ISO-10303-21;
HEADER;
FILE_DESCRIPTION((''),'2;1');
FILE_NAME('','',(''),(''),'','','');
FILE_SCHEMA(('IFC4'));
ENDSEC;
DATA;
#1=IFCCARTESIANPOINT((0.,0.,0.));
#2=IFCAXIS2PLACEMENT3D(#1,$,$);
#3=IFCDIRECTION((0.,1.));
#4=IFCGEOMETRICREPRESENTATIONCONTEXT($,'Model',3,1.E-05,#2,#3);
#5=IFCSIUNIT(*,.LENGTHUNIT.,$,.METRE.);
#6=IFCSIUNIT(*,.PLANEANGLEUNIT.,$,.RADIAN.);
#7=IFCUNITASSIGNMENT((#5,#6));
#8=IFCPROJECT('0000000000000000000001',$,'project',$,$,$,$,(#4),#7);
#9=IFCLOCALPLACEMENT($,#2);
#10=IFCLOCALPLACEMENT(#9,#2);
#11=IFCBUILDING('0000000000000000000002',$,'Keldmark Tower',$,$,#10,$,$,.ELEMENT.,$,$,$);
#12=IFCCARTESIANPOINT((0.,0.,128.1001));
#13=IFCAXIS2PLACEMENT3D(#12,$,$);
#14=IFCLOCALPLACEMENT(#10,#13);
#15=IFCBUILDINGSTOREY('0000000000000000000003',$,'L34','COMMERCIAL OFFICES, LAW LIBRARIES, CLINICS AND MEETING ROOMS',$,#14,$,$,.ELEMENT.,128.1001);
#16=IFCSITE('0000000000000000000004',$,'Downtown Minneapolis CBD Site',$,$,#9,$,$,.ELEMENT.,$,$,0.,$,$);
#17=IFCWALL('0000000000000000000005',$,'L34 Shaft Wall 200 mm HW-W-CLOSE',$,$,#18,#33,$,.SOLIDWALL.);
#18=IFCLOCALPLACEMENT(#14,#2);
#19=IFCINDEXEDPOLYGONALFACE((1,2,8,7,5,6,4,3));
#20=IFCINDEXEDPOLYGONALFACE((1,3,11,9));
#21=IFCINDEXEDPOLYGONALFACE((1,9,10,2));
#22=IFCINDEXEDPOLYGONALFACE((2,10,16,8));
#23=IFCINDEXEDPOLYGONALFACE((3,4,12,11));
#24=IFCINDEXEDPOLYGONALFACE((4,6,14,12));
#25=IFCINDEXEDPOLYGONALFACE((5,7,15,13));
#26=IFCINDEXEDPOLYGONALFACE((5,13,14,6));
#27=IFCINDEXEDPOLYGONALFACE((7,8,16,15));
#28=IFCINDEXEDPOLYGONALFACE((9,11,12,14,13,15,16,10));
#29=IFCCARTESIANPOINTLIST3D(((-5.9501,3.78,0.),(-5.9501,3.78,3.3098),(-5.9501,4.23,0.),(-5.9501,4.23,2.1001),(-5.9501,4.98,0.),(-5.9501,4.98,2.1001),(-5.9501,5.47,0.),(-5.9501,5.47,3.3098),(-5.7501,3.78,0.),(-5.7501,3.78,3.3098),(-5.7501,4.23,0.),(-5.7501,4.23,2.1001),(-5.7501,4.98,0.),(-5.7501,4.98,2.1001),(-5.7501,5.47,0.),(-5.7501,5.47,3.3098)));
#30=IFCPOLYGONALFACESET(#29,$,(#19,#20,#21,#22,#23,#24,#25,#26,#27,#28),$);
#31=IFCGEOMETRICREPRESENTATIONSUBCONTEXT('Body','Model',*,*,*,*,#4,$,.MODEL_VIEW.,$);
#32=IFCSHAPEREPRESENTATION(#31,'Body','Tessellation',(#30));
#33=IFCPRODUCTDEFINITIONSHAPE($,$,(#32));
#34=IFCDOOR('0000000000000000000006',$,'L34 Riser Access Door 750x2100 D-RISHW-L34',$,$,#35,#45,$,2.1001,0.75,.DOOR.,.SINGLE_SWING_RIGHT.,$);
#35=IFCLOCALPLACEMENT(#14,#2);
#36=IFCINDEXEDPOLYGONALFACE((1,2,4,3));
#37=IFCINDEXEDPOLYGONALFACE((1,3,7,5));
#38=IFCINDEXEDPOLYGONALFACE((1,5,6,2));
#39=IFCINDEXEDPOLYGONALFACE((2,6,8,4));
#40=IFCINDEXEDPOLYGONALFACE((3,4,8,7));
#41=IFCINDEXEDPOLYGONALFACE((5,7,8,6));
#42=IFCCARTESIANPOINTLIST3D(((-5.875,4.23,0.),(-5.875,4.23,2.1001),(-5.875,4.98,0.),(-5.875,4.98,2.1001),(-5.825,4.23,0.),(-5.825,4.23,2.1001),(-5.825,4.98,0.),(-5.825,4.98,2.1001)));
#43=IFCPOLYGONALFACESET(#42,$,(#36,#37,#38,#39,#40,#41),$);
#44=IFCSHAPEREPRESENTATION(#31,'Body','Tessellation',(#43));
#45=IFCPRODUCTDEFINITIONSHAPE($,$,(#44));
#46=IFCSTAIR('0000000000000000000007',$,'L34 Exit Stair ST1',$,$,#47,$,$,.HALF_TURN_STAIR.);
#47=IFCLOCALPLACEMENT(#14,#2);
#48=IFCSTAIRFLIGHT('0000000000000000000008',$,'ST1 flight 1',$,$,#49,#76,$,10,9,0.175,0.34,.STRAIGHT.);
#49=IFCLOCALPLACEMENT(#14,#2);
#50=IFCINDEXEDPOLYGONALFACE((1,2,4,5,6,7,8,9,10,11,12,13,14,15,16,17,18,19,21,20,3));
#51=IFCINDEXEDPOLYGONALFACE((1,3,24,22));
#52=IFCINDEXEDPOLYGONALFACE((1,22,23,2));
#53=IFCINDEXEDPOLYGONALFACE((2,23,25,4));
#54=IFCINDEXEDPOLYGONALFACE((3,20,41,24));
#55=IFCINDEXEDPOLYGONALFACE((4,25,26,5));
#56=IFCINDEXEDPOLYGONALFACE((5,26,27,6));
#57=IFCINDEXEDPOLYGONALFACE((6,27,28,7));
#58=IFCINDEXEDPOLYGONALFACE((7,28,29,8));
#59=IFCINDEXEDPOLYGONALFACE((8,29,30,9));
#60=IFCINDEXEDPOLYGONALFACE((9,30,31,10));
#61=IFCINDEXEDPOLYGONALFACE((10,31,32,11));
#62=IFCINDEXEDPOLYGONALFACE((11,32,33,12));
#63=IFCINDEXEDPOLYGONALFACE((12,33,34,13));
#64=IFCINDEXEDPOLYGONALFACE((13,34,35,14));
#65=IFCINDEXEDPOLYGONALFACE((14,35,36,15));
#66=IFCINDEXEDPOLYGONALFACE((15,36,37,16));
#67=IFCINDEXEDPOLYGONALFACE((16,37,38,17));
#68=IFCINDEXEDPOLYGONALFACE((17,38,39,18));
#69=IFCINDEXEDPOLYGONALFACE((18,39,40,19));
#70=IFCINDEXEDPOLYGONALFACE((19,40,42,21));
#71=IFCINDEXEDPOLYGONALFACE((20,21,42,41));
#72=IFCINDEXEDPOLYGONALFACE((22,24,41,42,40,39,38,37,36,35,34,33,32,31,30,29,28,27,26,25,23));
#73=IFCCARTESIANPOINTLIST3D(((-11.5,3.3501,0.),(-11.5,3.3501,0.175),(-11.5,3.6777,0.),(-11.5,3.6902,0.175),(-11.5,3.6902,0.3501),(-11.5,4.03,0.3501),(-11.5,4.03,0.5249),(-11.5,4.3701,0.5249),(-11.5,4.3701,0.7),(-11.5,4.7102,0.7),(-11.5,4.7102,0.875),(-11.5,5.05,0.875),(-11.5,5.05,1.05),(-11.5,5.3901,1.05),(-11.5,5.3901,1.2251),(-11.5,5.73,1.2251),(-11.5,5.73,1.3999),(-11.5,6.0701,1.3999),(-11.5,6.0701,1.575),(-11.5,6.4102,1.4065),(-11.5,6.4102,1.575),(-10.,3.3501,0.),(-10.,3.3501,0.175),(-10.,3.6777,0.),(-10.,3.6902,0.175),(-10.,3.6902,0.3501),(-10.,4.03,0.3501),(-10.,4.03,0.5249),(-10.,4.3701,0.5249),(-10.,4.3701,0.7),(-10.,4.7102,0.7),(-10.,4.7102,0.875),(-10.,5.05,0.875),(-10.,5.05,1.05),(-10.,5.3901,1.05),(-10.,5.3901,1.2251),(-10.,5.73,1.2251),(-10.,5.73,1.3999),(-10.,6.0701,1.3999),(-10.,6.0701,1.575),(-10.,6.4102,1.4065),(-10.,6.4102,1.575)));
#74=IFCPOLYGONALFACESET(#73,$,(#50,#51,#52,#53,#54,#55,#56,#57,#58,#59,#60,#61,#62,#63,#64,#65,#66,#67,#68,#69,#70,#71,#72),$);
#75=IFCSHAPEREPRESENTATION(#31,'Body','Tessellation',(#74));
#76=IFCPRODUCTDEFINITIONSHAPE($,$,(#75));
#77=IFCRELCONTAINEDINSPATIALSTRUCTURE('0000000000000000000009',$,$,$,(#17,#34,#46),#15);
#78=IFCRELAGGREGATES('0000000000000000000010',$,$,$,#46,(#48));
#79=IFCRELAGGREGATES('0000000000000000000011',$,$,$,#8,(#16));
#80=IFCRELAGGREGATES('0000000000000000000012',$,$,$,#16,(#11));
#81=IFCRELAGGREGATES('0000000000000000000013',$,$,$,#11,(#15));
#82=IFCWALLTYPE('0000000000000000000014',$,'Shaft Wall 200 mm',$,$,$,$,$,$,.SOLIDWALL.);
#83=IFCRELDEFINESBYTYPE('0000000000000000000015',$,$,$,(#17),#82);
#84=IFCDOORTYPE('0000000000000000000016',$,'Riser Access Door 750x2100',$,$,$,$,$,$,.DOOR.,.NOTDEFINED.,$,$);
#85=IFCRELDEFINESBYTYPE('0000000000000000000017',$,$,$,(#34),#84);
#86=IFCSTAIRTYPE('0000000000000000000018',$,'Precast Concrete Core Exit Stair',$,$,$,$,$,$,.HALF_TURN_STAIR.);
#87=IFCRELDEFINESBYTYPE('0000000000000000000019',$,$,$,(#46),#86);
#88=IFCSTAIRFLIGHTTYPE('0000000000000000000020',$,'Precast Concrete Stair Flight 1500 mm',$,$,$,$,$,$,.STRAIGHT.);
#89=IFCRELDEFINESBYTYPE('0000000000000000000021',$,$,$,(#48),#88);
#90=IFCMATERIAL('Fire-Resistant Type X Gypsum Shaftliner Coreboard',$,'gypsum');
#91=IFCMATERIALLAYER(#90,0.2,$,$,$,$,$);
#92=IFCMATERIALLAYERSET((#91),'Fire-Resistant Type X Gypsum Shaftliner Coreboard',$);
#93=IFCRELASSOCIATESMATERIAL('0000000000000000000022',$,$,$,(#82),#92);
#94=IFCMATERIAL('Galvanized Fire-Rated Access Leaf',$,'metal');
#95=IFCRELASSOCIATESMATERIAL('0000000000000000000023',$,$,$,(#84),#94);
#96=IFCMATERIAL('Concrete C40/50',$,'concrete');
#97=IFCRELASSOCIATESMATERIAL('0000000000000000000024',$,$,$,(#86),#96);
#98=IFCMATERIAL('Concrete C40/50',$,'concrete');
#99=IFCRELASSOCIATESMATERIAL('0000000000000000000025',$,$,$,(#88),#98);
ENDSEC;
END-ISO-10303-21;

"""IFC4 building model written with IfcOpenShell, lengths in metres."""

from ifc_helpers import new_model, si_unit, direction, frame, frame_2d, origin, place, context, subcontext, project, spatial, polyline, rectangle, outline, extrude, material, layer, layer_set, type_object, element, fill, aggregate, save


model = new_model("IFC4")

# Units and contexts
model_context = context("Model", 3, precision=1e-05, world=origin(), true_north=direction((0.0, 1.0)))
body_context = subcontext(model_context, "Body", "Model", "MODEL_VIEW")
ifc_project = project(units=[si_unit("LENGTHUNIT", "METRE"), si_unit("PLANEANGLEUNIT", "RADIAN")], contexts=[model_context])

# Site, building, storey
site_placement = place(None, origin())
site = spatial("IfcSite", under=ifc_project, at=site_placement, Name="Downtown Minneapolis CBD Site", CompositionType="ELEMENT", RefElevation=0.0)
building_placement = place(site_placement, origin())
building = spatial("IfcBuilding", under=site, at=building_placement, Name="Keldmark Tower", CompositionType="ELEMENT")
storey_placement = place(building_placement, frame((0.0, 0.0, 128.1001)))
storey = spatial("IfcBuildingStorey", under=building, at=storey_placement, Name="L34", Description="COMMERCIAL OFFICES, LAW LIBRARIES, CLINICS AND MEETING ROOMS", CompositionType="ELEMENT", Elevation=128.1001)

# Shared definitions
ifc_material_1 = material(Name="Fire-Resistant Type X Gypsum Shaftliner Coreboard", Category="gypsum")
ifc_layer_1 = layer(ifc_material_1, 0.2)
ifc_layer_set_1 = layer_set([ifc_layer_1], Name="Fire-Resistant Type X Gypsum Shaftliner Coreboard")
wall_type = type_object("IfcWallType", Name="Shaft Wall 200 mm", PredefinedType="SOLIDWALL", material=ifc_layer_set_1)

# Wall, opening, door
wall_1_placement = place(storey_placement, frame((-5.8501, 3.78, 0.0), z_axis=(0.0, 0.0, 1.0), x_axis=(0.0, 1.0, 0.0)))
wall_1 = element("IfcWall", 1, at=wall_1_placement, inside=storey, type_object=wall_type, Name="L34 Shaft Wall 200 mm HW-W-CLOSE", PredefinedType="SOLIDWALL", context=body_context, shape_type="SweptSolid", body=[
    extrude(rectangle(XDim=1.6899, YDim=0.2, at=frame_2d((0.845, 0.0))), origin(), (0.0, 0.0, 1.0), 3.3098),
])
opening_placement = place(wall_1_placement, frame((0.45, 0.0, 0.0)))
opening = element("IfcOpeningElement", 2, at=opening_placement, cuts=wall_1, PredefinedType="OPENING", context=body_context, shape_type="SweptSolid", body=[
    extrude(rectangle(XDim=0.75, YDim=2.1001, at=frame_2d((0.375, 1.05))), frame((0.0, 0.1099, 0.0), z_axis=(0.0, -1.0, 0.0), x_axis=(1.0, 0.0, 0.0)), (0.0, 0.0, 1.0), 0.22),
])
ifc_material_2 = material(Name="Galvanized Fire-Rated Access Leaf", Category="metal")
door_type = type_object("IfcDoorType", Name="Riser Access Door 750x2100", OperationType="NOTDEFINED", PredefinedType="DOOR", material=ifc_material_2)
door_placement = place(opening_placement, origin())
door = element("IfcDoor", 3, at=door_placement, inside=storey, type_object=door_type, Name="L34 Riser Access Door 750x2100 D-RISHW-L34", OperationType="SINGLE_SWING_RIGHT", OverallHeight=2.1001, OverallWidth=0.75, PredefinedType="DOOR", context=body_context, shape_type="SweptSolid", body=[
    extrude(rectangle(XDim=0.75, YDim=2.1001, at=frame_2d((0.375, 1.05))), frame((0.0, 0.0249, 0.0), z_axis=(0.0, -1.0, 0.0), x_axis=(1.0, 0.0, 0.0)), (0.0, 0.0, 1.0), 0.05),
])
fill(opening, door)

# Stair, stair flight
ifc_material_3 = material(Name="Concrete C40/50", Category="concrete")
stair_type = type_object("IfcStairType", Name="Precast Concrete Core Exit Stair", PredefinedType="HALF_TURN_STAIR", material=ifc_material_3)
stair_placement = place(storey_placement, origin())
stair = element("IfcStair", 4, at=stair_placement, inside=storey, type_object=stair_type, Name="L34 Exit Stair ST1", PredefinedType="HALF_TURN_STAIR")
ifc_material_4 = material(Name="Concrete C40/50", Category="concrete")
stair_flight_type = type_object("IfcStairFlightType", Name="Precast Concrete Stair Flight 1500 mm", PredefinedType="STRAIGHT", material=ifc_material_4)
stair_flight_placement = place(storey_placement, frame((-10.75, 3.3501, 0.0), z_axis=(0.0, 0.0, 1.0), x_axis=(0.0, 1.0, 0.0)))
stair_flight = element("IfcStairFlight", 5, at=stair_flight_placement, type_object=stair_flight_type, Name="ST1 flight 1", NumberOfRisers=10, NumberOfTreads=9, PredefinedType="STRAIGHT", RiserHeight=0.175, TreadLength=0.34, context=body_context, shape_type="SweptSolid", body=[
    extrude(outline(polyline([(0.0, 0.0), (0.0, 0.175), (0.3401, 0.175), (0.3401, 0.3501), (0.6799, 0.3501), (0.6799, 0.5249), (1.02, 0.5249), (1.02, 0.7), (1.3601, 0.7), (1.3601, 0.875), (1.7, 0.875), (1.7, 1.05), (2.04, 1.05), (2.04, 1.2251), (2.3799, 1.2251), (2.3799, 1.3999), (2.72, 1.3999), (2.72, 1.575), (3.0601, 1.575), (3.0601, 1.75), (3.0601, 1.4065), (0.3276, 0.0), (0.0, 0.0)])), frame((0.0, 0.75, 0.0), z_axis=(0.0, -1.0, 0.0), x_axis=(1.0, 0.0, 0.0)), (0.0, 0.0, 1.0), 1.5),
])
aggregate(stair, [stair_flight])

save(model, "model.ifc")
